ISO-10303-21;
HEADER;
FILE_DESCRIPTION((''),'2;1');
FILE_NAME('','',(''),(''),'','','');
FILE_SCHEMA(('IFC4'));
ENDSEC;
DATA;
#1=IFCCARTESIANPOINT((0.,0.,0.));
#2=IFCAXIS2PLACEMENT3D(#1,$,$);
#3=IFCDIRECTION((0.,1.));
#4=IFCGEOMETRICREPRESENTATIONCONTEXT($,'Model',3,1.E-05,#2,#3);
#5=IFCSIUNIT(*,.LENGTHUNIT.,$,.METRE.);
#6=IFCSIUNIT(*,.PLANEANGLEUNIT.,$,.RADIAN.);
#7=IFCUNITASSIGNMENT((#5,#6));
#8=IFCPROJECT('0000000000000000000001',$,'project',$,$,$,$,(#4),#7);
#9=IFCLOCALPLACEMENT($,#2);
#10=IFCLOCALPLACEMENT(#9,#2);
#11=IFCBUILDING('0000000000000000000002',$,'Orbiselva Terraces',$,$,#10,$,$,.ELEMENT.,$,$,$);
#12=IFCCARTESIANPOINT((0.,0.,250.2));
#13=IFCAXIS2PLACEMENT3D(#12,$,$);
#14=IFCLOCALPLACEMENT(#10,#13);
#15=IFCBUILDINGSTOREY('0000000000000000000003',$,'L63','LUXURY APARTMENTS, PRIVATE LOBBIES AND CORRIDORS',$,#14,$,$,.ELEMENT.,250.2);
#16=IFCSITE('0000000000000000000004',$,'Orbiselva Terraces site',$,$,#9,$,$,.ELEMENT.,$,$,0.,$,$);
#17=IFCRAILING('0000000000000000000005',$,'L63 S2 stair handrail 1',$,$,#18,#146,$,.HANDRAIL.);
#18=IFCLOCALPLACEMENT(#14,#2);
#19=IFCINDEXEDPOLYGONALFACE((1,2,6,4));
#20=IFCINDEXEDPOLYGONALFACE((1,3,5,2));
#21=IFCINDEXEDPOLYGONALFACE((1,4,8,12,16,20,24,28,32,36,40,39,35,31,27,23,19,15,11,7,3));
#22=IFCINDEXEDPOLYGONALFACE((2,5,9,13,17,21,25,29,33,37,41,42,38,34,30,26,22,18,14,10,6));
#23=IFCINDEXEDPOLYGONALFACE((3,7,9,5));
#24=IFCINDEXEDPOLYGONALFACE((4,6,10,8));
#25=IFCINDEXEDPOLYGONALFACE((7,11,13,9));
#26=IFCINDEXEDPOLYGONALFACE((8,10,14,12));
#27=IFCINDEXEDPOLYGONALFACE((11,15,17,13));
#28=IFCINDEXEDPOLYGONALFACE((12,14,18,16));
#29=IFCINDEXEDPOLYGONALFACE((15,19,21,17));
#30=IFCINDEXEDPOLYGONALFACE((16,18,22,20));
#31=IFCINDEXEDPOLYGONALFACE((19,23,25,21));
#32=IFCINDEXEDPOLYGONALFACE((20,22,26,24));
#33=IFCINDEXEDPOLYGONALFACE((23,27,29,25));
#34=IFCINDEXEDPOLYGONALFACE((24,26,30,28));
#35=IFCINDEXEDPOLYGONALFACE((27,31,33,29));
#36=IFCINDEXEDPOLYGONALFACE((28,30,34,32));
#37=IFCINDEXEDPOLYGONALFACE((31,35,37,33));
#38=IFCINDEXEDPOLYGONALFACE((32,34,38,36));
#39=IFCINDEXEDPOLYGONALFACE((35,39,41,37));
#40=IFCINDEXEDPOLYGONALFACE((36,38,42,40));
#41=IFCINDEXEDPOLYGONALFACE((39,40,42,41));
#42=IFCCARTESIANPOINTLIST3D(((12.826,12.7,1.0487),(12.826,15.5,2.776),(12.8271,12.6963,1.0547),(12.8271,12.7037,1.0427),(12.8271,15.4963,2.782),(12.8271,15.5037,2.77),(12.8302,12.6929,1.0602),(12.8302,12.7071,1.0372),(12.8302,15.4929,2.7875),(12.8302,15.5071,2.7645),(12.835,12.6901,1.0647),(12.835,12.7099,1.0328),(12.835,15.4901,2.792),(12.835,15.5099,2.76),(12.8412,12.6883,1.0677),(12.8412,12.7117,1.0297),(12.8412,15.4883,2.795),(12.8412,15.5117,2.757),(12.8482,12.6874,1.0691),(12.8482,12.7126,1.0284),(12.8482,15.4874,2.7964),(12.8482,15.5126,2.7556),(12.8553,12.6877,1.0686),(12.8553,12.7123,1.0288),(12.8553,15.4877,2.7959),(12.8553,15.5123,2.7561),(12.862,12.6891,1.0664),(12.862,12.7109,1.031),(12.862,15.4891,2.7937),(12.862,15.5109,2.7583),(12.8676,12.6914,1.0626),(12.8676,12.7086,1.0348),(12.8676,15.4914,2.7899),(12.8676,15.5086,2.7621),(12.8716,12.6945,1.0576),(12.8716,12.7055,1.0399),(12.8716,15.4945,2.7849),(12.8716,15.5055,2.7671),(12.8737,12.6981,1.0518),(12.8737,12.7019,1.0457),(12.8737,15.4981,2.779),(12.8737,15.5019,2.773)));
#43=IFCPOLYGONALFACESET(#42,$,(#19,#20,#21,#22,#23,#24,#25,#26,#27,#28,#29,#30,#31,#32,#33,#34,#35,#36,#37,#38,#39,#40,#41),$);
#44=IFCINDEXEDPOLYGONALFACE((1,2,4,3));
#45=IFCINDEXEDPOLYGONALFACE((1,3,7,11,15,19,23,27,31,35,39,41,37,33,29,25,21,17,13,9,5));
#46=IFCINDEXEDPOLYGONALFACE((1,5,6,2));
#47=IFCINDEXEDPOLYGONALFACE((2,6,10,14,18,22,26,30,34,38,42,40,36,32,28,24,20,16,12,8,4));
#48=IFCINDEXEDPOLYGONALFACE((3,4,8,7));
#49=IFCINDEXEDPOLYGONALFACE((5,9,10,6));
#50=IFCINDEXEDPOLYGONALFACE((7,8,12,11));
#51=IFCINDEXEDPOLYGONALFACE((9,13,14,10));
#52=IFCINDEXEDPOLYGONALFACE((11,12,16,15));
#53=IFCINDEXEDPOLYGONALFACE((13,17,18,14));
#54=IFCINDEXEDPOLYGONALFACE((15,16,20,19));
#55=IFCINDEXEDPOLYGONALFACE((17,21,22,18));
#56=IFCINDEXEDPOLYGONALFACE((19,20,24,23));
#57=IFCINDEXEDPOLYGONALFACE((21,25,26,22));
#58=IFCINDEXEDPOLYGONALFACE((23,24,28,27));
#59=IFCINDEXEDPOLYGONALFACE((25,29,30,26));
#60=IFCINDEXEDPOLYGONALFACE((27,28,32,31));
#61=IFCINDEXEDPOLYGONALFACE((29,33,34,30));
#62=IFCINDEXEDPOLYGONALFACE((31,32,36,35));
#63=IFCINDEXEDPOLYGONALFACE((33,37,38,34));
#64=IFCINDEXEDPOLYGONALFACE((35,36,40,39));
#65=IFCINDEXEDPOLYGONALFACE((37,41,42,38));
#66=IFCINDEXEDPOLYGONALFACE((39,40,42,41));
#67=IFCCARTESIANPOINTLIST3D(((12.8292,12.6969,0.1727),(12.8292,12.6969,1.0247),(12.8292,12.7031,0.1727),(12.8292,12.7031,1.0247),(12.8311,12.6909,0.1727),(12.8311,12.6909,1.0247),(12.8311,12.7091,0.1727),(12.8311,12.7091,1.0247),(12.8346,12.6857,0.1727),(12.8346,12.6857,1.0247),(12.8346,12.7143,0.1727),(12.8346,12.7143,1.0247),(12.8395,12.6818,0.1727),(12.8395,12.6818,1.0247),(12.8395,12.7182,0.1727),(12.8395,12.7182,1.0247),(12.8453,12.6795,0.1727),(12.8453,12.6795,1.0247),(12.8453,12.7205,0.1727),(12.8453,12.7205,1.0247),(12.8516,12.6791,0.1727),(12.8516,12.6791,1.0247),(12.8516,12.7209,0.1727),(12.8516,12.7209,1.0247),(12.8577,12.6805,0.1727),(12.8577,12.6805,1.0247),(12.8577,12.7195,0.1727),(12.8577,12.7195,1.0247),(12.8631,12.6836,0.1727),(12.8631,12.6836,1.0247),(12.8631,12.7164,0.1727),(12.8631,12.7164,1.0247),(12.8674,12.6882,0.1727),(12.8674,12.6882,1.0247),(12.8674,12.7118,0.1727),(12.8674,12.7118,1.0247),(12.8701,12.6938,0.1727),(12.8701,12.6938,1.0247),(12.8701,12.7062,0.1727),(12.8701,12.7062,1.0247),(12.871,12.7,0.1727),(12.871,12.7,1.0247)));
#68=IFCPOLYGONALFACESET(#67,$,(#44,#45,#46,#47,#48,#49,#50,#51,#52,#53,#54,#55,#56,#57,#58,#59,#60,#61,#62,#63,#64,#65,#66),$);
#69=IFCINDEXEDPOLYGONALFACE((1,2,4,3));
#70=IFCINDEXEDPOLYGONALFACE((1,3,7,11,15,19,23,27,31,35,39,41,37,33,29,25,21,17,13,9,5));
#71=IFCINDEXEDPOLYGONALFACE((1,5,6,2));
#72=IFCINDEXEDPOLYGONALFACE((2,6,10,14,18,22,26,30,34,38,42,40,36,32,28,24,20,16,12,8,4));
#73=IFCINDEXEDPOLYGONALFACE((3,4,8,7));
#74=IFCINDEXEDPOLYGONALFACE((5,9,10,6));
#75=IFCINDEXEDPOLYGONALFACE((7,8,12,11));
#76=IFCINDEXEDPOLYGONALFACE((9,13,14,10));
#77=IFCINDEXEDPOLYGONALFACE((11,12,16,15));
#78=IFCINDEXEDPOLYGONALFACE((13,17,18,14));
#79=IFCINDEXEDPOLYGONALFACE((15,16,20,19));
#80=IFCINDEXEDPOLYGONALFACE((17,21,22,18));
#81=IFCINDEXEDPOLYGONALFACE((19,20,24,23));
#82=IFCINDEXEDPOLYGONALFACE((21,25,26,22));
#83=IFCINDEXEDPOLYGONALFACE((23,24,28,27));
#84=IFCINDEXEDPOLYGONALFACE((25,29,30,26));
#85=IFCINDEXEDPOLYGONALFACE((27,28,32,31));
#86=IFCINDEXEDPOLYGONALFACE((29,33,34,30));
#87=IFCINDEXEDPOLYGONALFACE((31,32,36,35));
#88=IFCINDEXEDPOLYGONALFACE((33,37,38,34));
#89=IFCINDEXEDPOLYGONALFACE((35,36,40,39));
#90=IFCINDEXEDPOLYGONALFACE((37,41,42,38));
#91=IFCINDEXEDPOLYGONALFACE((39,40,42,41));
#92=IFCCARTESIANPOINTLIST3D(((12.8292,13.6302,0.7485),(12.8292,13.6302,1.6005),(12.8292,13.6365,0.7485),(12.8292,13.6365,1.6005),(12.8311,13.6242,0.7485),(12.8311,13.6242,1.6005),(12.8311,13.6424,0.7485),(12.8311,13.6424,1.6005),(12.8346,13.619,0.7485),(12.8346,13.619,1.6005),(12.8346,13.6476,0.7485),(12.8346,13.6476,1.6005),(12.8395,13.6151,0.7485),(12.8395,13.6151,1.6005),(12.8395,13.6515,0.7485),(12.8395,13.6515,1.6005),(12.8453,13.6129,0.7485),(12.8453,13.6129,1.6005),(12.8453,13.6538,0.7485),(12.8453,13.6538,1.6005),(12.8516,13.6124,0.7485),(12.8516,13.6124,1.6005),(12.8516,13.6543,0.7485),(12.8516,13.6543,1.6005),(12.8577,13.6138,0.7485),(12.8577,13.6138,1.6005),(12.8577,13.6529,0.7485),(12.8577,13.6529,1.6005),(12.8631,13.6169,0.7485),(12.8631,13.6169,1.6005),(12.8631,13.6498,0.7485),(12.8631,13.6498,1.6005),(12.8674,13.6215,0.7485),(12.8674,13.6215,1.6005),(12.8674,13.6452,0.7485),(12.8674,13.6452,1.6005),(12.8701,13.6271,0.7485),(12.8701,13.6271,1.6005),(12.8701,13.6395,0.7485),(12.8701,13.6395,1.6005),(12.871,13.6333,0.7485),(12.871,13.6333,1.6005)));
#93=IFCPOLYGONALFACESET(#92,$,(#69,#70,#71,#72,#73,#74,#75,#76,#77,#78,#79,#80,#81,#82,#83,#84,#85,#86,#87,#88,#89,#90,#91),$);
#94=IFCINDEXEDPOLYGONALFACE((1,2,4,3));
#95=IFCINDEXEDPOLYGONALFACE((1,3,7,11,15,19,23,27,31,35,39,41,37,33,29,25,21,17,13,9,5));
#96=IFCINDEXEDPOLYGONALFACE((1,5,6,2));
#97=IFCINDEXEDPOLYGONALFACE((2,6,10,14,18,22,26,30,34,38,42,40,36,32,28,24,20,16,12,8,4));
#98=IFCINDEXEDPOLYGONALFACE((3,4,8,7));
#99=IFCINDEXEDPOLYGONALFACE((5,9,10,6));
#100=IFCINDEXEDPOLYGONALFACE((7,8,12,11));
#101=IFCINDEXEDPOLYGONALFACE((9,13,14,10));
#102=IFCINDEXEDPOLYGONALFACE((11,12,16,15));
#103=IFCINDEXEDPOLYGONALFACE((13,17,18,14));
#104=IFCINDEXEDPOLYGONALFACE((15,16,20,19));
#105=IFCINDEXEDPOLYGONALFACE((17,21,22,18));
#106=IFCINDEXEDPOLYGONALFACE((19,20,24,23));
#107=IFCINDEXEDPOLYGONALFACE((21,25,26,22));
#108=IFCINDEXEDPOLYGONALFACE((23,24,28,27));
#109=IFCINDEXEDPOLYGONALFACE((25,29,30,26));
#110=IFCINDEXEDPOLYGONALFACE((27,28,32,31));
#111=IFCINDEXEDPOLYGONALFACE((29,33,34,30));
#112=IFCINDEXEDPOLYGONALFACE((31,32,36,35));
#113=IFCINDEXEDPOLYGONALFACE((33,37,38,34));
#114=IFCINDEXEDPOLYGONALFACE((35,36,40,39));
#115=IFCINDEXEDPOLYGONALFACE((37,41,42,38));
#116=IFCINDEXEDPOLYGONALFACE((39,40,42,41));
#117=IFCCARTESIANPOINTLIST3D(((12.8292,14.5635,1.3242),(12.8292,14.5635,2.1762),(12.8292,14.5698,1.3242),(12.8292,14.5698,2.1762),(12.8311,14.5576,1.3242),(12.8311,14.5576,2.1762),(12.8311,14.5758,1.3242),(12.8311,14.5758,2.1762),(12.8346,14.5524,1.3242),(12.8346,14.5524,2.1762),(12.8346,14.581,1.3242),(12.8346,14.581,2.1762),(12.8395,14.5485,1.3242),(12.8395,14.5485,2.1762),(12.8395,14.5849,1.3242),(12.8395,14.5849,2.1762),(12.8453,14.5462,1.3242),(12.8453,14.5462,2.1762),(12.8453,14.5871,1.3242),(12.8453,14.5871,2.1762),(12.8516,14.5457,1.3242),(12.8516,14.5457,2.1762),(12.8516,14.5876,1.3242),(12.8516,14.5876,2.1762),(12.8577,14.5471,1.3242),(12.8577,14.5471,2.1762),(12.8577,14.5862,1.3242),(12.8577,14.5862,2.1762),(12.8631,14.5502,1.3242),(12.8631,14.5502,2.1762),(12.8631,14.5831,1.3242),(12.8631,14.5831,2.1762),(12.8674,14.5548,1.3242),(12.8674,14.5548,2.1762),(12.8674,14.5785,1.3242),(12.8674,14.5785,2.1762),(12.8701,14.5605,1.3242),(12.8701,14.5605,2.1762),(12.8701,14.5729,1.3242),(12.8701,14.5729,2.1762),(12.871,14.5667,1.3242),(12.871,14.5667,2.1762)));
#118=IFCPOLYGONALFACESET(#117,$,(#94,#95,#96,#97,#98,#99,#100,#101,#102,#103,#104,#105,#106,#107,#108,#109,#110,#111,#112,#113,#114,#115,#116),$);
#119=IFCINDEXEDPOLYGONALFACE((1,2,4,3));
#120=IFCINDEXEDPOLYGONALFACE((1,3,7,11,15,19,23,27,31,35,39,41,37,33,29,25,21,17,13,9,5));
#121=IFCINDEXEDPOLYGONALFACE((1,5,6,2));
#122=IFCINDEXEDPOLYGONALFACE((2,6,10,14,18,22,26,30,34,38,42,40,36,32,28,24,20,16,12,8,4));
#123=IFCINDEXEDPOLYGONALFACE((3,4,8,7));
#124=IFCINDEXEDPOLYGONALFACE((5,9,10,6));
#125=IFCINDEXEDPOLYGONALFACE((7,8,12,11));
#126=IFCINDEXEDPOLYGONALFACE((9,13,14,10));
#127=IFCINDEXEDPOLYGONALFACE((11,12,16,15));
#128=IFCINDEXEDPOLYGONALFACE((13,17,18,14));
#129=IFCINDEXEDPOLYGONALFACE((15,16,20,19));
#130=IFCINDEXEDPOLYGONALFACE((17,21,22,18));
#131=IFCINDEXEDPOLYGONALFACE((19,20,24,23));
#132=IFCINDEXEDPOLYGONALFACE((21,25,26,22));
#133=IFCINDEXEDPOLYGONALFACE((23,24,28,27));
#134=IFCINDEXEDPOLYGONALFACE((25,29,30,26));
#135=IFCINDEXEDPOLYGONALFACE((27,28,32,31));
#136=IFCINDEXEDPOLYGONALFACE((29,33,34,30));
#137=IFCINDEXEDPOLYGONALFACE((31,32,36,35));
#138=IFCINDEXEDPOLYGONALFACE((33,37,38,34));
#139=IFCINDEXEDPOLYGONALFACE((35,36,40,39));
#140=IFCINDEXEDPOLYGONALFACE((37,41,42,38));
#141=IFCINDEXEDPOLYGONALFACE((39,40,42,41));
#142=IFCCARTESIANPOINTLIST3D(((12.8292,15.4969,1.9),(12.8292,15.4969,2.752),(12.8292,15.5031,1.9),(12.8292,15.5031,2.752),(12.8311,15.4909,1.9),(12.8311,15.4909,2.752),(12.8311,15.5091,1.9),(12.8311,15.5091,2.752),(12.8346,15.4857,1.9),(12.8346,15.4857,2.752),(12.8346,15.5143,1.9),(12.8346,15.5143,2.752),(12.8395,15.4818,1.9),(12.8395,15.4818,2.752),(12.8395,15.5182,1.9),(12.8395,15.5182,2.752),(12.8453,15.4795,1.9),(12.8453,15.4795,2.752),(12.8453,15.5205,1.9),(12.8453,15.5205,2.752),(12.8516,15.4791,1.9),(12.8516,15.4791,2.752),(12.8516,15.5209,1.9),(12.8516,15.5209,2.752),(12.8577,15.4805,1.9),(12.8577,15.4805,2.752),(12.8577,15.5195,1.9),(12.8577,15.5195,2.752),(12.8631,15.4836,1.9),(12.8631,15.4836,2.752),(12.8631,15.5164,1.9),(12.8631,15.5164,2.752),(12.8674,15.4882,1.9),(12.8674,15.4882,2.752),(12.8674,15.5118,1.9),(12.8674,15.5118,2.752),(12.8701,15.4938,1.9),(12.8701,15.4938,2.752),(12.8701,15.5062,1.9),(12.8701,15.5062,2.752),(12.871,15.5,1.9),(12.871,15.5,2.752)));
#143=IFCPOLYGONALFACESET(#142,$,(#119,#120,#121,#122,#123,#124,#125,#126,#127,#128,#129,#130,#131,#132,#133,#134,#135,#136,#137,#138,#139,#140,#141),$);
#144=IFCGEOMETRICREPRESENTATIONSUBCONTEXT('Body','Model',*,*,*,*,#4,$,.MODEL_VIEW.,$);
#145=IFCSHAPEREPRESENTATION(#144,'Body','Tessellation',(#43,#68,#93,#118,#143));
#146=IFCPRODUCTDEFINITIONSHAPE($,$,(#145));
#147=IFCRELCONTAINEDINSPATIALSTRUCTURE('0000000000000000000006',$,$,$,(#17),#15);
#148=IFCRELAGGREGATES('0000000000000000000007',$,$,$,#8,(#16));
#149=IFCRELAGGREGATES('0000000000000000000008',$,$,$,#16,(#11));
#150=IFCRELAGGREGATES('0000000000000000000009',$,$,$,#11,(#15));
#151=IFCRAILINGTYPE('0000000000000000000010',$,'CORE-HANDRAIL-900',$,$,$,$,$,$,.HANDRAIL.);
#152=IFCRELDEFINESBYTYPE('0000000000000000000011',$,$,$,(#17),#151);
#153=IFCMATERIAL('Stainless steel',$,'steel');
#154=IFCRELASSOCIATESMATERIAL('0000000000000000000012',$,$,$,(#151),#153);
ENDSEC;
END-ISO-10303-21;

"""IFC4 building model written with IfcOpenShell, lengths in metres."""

from ifc_helpers import new_model, si_unit, direction, frame, origin, origin_2d, place, context, subcontext, project, spatial, circle, extrude, material, type_object, element, save


model = new_model("IFC4")

# Units and contexts
model_context = context("Model", 3, precision=1e-05, world=origin(), true_north=direction((0.0, 1.0)))
body_context = subcontext(model_context, "Body", "Model", "MODEL_VIEW")
ifc_project = project(units=[si_unit("LENGTHUNIT", "METRE"), si_unit("PLANEANGLEUNIT", "RADIAN")], contexts=[model_context])

# Site, building, storey
site_placement = place(None, origin())
site = spatial("IfcSite", under=ifc_project, at=site_placement, Name="Orbiselva Terraces site", CompositionType="ELEMENT", RefElevation=0.0)
building_placement = place(site_placement, origin())
building = spatial("IfcBuilding", under=site, at=building_placement, Name="Orbiselva Terraces", CompositionType="ELEMENT")
storey_placement = place(building_placement, frame((0.0, 0.0, 250.2)))
storey = spatial("IfcBuildingStorey", under=building, at=storey_placement, Name="L63", Description="LUXURY APARTMENTS, PRIVATE LOBBIES AND CORRIDORS", CompositionType="ELEMENT", Elevation=250.2)

# Railing
ifc_material_1 = material(Name="Stainless steel", Category="steel")
railing_type = type_object("IfcRailingType", Name="CORE-HANDRAIL-900", PredefinedType="HANDRAIL", material=ifc_material_1)
railing_placement = place(storey_placement, frame((12.85, 12.7, 0.1727)))
element("IfcRailing", 1, at=railing_placement, inside=storey, type_object=railing_type, Name="L63 S2 stair handrail 1", PredefinedType="HANDRAIL", context=body_context, shape_type="SweptSolid", body=[
    extrude(circle(Radius=0.024, at=origin_2d()), frame((0.0, 0.0, 0.876), z_axis=(0.0, 0.851089, 0.525022), x_axis=(-1.0, 0.0, 0.0)), (0.0, 0.0, 1.0), 3.2899),
    extrude(circle(Radius=0.021, at=origin_2d()), origin(), (0.0, 0.0, 1.0), 0.852),
    extrude(circle(Radius=0.021, at=origin_2d()), frame((0.0, 0.9333, 0.5758)), (0.0, 0.0, 1.0), 0.852),
    extrude(circle(Radius=0.021, at=origin_2d()), frame((0.0, 1.8667, 1.1515)), (0.0, 0.0, 1.0), 0.852),
    extrude(circle(Radius=0.021, at=origin_2d()), frame((0.0, 2.8, 1.7273)), (0.0, 0.0, 1.0), 0.852),
])

save(model, "model.ifc")
